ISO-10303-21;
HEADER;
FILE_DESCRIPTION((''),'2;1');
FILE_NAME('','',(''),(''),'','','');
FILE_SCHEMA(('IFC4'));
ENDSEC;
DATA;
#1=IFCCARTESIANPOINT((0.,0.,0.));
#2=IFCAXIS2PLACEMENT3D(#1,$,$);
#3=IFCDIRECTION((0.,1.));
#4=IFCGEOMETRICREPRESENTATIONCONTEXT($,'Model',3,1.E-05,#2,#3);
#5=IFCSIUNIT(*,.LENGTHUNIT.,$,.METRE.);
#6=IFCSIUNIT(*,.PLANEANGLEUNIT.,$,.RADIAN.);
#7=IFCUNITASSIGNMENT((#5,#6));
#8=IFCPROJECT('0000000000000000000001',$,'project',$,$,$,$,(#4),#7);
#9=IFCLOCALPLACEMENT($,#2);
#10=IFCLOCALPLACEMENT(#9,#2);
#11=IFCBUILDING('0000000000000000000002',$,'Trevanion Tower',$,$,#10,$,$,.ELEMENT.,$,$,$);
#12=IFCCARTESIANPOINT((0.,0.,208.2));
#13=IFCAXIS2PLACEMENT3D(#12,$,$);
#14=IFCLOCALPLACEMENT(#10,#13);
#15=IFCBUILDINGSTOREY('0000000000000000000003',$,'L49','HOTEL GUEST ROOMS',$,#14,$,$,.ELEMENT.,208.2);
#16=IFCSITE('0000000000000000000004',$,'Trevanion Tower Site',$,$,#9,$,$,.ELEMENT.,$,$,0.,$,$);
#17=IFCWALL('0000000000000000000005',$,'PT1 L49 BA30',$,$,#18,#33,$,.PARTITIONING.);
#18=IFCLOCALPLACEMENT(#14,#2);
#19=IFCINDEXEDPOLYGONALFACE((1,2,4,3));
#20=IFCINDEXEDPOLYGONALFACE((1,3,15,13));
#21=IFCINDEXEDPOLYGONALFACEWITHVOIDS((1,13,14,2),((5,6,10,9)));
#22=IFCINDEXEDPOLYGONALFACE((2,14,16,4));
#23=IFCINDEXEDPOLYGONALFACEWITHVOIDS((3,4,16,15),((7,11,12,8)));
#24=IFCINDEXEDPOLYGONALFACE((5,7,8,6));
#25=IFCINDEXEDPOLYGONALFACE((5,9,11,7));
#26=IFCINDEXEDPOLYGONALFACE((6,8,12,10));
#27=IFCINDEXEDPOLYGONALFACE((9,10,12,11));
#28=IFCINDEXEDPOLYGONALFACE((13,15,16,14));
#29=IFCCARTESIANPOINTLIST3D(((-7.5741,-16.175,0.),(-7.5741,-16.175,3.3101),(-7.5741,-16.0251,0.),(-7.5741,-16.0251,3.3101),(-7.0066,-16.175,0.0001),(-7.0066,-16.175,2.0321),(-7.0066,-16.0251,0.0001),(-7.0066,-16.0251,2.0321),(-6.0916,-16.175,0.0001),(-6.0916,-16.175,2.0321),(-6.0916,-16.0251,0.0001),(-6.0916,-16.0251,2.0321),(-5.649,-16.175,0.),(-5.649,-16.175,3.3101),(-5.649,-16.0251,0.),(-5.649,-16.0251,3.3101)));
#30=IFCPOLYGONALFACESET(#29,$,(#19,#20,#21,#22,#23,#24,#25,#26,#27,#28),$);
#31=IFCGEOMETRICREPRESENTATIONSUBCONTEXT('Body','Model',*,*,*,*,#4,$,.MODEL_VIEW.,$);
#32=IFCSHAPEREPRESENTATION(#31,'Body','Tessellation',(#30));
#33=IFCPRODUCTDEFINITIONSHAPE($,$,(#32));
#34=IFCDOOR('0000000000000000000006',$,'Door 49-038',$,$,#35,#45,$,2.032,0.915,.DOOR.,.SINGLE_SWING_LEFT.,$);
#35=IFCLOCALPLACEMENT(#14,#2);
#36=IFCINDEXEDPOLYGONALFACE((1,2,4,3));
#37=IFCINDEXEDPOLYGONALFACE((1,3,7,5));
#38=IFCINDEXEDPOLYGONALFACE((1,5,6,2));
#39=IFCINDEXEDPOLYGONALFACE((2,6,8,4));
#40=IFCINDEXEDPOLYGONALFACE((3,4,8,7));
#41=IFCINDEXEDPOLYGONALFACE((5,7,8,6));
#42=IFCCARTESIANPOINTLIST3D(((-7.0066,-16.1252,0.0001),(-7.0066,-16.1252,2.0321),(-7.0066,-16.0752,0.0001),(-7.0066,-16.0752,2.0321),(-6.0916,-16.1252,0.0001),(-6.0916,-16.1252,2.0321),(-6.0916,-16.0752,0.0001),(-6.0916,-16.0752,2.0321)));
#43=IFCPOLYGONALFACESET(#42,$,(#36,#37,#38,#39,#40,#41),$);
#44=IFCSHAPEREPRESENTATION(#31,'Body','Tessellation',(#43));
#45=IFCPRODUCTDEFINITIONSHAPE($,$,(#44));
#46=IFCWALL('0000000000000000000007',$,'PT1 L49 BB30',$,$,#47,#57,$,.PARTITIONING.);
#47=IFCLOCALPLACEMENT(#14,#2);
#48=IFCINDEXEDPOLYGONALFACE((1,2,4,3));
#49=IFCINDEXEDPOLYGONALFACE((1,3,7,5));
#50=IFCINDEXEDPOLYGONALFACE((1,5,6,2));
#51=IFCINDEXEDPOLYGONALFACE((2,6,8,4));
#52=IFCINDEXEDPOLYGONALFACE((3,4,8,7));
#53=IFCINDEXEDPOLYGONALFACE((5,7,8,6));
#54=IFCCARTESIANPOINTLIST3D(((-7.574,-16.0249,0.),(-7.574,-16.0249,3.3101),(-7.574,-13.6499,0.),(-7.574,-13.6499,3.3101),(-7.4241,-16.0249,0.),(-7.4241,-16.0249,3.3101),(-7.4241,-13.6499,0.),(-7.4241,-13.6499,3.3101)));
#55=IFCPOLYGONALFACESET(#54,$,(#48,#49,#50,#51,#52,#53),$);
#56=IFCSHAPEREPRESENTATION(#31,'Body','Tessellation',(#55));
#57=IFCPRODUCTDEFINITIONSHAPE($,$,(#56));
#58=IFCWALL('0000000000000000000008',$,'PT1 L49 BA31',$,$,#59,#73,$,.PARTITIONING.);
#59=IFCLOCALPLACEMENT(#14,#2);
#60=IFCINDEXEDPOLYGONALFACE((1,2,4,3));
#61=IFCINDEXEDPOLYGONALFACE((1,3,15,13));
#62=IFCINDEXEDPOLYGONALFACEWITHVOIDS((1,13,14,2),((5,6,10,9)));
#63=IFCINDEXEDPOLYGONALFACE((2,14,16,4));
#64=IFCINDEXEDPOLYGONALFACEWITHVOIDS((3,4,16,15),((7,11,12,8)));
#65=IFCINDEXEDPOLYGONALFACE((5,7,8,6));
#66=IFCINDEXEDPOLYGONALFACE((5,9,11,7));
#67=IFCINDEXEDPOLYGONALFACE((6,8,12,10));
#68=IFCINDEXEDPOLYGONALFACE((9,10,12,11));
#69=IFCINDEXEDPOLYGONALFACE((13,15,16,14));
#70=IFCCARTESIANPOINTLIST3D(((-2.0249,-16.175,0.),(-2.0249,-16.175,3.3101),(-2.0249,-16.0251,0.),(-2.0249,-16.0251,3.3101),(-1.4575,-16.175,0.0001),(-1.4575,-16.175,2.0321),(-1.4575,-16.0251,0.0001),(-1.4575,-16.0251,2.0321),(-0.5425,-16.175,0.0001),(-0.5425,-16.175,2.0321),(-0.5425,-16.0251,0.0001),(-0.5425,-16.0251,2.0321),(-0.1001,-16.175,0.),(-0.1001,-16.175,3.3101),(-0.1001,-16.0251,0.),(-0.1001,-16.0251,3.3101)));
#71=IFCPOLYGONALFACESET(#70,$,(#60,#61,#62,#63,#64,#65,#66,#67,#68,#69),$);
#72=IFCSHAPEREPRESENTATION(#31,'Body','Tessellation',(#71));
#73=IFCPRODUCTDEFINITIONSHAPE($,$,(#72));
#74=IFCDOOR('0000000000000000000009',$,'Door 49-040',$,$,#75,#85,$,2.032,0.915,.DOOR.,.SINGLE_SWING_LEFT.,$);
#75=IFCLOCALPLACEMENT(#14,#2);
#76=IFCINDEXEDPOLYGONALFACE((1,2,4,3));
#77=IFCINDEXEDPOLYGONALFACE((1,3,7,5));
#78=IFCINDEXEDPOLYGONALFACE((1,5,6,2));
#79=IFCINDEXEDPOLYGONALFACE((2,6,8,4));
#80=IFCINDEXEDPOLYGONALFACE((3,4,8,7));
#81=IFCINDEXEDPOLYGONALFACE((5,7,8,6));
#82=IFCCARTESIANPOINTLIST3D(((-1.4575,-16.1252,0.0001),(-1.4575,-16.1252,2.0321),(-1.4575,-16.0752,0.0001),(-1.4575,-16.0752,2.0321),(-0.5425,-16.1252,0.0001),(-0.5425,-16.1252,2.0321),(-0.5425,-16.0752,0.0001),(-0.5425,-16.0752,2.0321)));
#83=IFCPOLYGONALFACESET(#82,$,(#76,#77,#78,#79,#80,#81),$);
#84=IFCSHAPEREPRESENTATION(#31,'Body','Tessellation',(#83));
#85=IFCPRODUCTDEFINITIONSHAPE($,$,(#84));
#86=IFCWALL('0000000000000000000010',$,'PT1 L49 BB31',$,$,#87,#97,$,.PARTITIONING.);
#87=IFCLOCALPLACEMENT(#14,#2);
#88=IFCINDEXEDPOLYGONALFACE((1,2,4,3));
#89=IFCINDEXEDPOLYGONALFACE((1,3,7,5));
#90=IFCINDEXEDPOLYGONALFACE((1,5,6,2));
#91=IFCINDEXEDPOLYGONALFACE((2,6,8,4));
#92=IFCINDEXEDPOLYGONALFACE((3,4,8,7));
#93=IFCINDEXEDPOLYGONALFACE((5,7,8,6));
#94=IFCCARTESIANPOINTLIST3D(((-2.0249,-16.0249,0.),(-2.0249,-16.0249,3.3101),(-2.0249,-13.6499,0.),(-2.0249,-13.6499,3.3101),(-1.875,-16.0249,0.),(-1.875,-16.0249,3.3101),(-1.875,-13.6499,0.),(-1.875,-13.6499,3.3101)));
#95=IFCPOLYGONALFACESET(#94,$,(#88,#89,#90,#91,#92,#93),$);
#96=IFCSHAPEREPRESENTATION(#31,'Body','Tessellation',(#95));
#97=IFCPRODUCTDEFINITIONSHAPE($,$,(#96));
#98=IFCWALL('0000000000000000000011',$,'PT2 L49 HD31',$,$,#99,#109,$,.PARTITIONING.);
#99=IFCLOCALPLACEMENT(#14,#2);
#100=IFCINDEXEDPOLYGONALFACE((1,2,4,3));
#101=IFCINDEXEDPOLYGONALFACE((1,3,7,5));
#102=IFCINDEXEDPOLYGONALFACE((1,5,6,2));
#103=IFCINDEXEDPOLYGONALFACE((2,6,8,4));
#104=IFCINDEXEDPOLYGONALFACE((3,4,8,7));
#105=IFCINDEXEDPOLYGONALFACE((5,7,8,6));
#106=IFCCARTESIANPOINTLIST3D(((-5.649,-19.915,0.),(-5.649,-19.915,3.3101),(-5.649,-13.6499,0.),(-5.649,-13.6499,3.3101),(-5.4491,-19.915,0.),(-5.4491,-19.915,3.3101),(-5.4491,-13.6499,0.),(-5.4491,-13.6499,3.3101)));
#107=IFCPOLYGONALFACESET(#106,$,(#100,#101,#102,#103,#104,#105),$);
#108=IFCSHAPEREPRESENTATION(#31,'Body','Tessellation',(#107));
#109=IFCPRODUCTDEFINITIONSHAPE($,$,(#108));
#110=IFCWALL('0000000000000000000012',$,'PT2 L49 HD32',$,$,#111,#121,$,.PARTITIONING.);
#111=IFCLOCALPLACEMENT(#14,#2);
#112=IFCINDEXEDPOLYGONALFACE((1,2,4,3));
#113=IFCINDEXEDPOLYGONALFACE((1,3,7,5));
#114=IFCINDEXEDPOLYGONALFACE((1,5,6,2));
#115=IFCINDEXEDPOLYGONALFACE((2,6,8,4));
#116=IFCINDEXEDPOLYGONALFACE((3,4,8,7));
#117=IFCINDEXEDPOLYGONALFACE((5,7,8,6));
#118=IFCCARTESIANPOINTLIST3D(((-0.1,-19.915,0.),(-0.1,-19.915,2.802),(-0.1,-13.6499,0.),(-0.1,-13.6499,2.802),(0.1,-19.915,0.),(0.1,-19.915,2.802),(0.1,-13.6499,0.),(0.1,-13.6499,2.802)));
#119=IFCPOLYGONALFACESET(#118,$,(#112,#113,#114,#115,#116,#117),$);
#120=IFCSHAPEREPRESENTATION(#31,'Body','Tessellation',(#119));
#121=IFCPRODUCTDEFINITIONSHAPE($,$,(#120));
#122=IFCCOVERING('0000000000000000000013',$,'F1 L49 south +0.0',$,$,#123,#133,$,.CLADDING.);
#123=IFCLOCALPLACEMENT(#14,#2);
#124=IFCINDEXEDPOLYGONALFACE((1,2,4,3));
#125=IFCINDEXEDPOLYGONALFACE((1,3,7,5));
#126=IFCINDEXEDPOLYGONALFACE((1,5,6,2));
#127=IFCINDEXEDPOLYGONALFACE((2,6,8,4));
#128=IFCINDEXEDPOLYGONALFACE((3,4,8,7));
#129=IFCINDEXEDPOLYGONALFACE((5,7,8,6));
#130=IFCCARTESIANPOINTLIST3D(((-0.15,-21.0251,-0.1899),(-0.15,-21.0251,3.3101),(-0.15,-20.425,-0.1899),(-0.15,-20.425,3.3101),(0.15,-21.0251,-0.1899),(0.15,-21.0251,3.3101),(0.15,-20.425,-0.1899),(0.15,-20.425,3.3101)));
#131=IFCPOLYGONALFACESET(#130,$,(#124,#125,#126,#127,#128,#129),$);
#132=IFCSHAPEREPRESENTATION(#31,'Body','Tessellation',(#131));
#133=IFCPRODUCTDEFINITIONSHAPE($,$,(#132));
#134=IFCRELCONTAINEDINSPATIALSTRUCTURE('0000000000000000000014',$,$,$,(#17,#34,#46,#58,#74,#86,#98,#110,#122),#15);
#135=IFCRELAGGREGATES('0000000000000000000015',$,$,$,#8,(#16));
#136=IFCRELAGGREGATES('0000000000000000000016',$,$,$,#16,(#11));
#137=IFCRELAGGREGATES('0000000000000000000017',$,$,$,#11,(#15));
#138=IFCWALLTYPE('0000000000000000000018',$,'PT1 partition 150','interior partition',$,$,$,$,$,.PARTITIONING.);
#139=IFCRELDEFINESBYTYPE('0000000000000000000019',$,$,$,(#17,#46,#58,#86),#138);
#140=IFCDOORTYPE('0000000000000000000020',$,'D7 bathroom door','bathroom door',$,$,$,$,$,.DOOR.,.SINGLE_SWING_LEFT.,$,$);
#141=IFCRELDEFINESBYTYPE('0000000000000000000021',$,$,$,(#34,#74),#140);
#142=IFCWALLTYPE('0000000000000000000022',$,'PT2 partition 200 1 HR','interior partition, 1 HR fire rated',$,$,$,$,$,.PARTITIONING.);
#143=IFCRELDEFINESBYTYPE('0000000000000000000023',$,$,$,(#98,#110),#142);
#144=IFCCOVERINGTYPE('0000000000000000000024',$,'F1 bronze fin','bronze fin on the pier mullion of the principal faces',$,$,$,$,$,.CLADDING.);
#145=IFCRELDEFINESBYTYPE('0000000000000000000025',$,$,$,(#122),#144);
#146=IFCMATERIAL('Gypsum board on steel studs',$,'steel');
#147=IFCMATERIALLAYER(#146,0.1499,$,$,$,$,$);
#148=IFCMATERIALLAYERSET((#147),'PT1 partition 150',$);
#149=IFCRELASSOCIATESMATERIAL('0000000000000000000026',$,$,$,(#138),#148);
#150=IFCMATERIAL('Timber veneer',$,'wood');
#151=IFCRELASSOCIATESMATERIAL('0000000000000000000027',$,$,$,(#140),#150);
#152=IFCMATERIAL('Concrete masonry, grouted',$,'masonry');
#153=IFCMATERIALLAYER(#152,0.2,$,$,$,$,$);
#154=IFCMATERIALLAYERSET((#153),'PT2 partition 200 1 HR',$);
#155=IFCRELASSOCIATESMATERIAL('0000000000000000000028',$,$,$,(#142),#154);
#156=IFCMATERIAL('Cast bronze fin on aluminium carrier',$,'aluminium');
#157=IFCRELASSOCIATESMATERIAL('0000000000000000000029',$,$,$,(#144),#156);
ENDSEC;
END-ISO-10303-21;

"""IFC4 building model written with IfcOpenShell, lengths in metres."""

from ifc_helpers import new_model, si_unit, direction, frame, frame_2d, origin, origin_2d, place, context, subcontext, project, spatial, rectangle, extrude, material, layer, layer_set, type_object, element, fill, save


model = new_model("IFC4")

# Units and contexts
model_context = context("Model", 3, precision=1e-05, world=origin(), true_north=direction((0.0, 1.0)))
body_context = subcontext(model_context, "Body", "Model", "MODEL_VIEW")
ifc_project = project(units=[si_unit("LENGTHUNIT", "METRE"), si_unit("PLANEANGLEUNIT", "RADIAN")], contexts=[model_context])

# Site, building, storey
site_placement = place(None, origin())
site = spatial("IfcSite", under=ifc_project, at=site_placement, Name="Trevanion Tower Site", CompositionType="ELEMENT", RefElevation=0.0)
building_placement = place(site_placement, origin())
building = spatial("IfcBuilding", under=site, at=building_placement, Name="Trevanion Tower", CompositionType="ELEMENT")
storey_placement = place(building_placement, frame((0.0, 0.0, 208.2)))
storey = spatial("IfcBuildingStorey", under=building, at=storey_placement, Name="L49", Description="HOTEL GUEST ROOMS", CompositionType="ELEMENT", Elevation=208.2)

# Wall, opening, door
ifc_material_1 = material(Name="Gypsum board on steel studs", Category="steel")
ifc_layer_1 = layer(ifc_material_1, 0.1499)
ifc_layer_set_1 = layer_set([ifc_layer_1], Name="PT1 partition 150")
wall_type_1 = type_object("IfcWallType", Name="PT1 partition 150", Description="interior partition", PredefinedType="PARTITIONING", material=ifc_layer_set_1)
wall_1_placement = place(storey_placement, frame((-7.574, -16.1001, 0.0), z_axis=(0.0, 0.0, 1.0), x_axis=(1.0, 0.0, 0.0)))
wall_1 = element("IfcWall", 1, at=wall_1_placement, inside=storey, type_object=wall_type_1, Name="PT1 L49 BA30", PredefinedType="PARTITIONING", context=body_context, shape_type="SweptSolid", body=[
    extrude(rectangle(XDim=1.925, YDim=0.1499, at=frame_2d((0.9624, 0.0))), origin(), (0.0, 0.0, 1.0), 3.3101),
])
opening_1_placement = place(wall_1_placement, frame((0.5674, 0.0, 0.0)))
opening_1 = element("IfcOpeningElement", 2, at=opening_1_placement, cuts=wall_1, PredefinedType="OPENING", context=body_context, shape_type="SweptSolid", body=[
    extrude(rectangle(XDim=0.915, YDim=2.032, at=frame_2d((0.4575, 1.0161))), frame((0.0, 0.085, 0.0), z_axis=(0.0, -1.0, 0.0), x_axis=(1.0, 0.0, 0.0)), (0.0, 0.0, 1.0), 0.1699),
])
ifc_material_2 = material(Name="Timber veneer", Category="wood")
door_type = type_object("IfcDoorType", Name="D7 bathroom door", Description="bathroom door", OperationType="SINGLE_SWING_LEFT", PredefinedType="DOOR", material=ifc_material_2)
door_1_placement = place(opening_1_placement, origin())
door_1 = element("IfcDoor", 3, at=door_1_placement, inside=storey, type_object=door_type, Name="Door 49-038", OperationType="SINGLE_SWING_LEFT", OverallHeight=2.032, OverallWidth=0.915, PredefinedType="DOOR", context=body_context, shape_type="SweptSolid", body=[
    extrude(rectangle(XDim=0.915, YDim=2.032, at=frame_2d((0.4575, 1.0161))), frame((0.0, 0.0249, 0.0), z_axis=(0.0, -1.0, 0.0), x_axis=(1.0, 0.0, 0.0)), (0.0, 0.0, 1.0), 0.05),
])
fill(opening_1, door_1)

# Wall
wall_2_placement = place(storey_placement, frame((-7.499, -13.6499, 0.0), z_axis=(0.0, 0.0, 1.0), x_axis=(0.0, -1.0, 0.0)))
element("IfcWall", 4, at=wall_2_placement, inside=storey, type_object=wall_type_1, Name="PT1 L49 BB30", PredefinedType="PARTITIONING", context=body_context, shape_type="SweptSolid", body=[
    extrude(rectangle(XDim=2.375, YDim=0.1499, at=frame_2d((1.1875, 0.0))), origin(), (0.0, 0.0, 1.0), 3.3101),
])

# Wall, opening, door
wall_3_placement = place(storey_placement, frame((-2.0249, -16.1001, 0.0), z_axis=(0.0, 0.0, 1.0), x_axis=(1.0, 0.0, 0.0)))
wall_3 = element("IfcWall", 5, at=wall_3_placement, inside=storey, type_object=wall_type_1, Name="PT1 L49 BA31", PredefinedType="PARTITIONING", context=body_context, shape_type="SweptSolid", body=[
    extrude(rectangle(XDim=1.9248, YDim=0.1499, at=frame_2d((0.9624, 0.0))), origin(), (0.0, 0.0, 1.0), 3.3101),
])
opening_2_placement = place(wall_3_placement, frame((0.5674, 0.0, 0.0)))
opening_2 = element("IfcOpeningElement", 6, at=opening_2_placement, cuts=wall_3, PredefinedType="OPENING", context=body_context, shape_type="SweptSolid", body=[
    extrude(rectangle(XDim=0.915, YDim=2.032, at=frame_2d((0.4575, 1.0161))), frame((0.0, 0.085, 0.0), z_axis=(0.0, -1.0, 0.0), x_axis=(1.0, 0.0, 0.0)), (0.0, 0.0, 1.0), 0.1699),
])
door_2_placement = place(opening_2_placement, origin())
door_2 = element("IfcDoor", 7, at=door_2_placement, inside=storey, type_object=door_type, Name="Door 49-040", OperationType="SINGLE_SWING_LEFT", OverallHeight=2.032, OverallWidth=0.915, PredefinedType="DOOR", context=body_context, shape_type="SweptSolid", body=[
    extrude(rectangle(XDim=0.915, YDim=2.032, at=frame_2d((0.4575, 1.0161))), frame((0.0, 0.0249, 0.0), z_axis=(0.0, -1.0, 0.0), x_axis=(1.0, 0.0, 0.0)), (0.0, 0.0, 1.0), 0.05),
])
fill(opening_2, door_2)

# Walls
wall_4_placement = place(storey_placement, frame((-1.95, -13.6499, 0.0), z_axis=(0.0, 0.0, 1.0), x_axis=(0.0, -1.0, 0.0)))
element("IfcWall", 8, at=wall_4_placement, inside=storey, type_object=wall_type_1, Name="PT1 L49 BB31", PredefinedType="PARTITIONING", context=body_context, shape_type="SweptSolid", body=[
    extrude(rectangle(XDim=2.375, YDim=0.1499, at=frame_2d((1.1875, 0.0))), origin(), (0.0, 0.0, 1.0), 3.3101),
])
ifc_material_3 = material(Name="Concrete masonry, grouted", Category="masonry")
ifc_layer_2 = layer(ifc_material_3, 0.2)
ifc_layer_set_2 = layer_set([ifc_layer_2], Name="PT2 partition 200 1 HR")
wall_type_2 = type_object("IfcWallType", Name="PT2 partition 200 1 HR", Description="interior partition, 1 HR fire rated", PredefinedType="PARTITIONING", material=ifc_layer_set_2)
wall_5_placement = place(storey_placement, frame((-5.5491, -13.6499, 0.0), z_axis=(0.0, 0.0, 1.0), x_axis=(0.0, -1.0, 0.0)))
element("IfcWall", 9, at=wall_5_placement, inside=storey, type_object=wall_type_2, Name="PT2 L49 HD31", PredefinedType="PARTITIONING", context=body_context, shape_type="SweptSolid", body=[
    extrude(rectangle(XDim=6.2651, YDim=0.2, at=frame_2d((3.1326, 0.0))), origin(), (0.0, 0.0, 1.0), 3.3101),
])
wall_6_placement = place(storey_placement, frame((0.0, -13.6499, 0.0), z_axis=(0.0, 0.0, 1.0), x_axis=(0.0, -1.0, 0.0)))
element("IfcWall", 10, at=wall_6_placement, inside=storey, type_object=wall_type_2, Name="PT2 L49 HD32", PredefinedType="PARTITIONING", context=body_context, shape_type="SweptSolid", body=[
    extrude(rectangle(XDim=6.2651, YDim=0.2, at=frame_2d((3.1326, 0.0))), origin(), (0.0, 0.0, 1.0), 2.802),
])

# Covering
ifc_material_4 = material(Name="Cast bronze fin on aluminium carrier", Category="aluminium")
covering_type = type_object("IfcCoveringType", Name="F1 bronze fin", Description="bronze fin on the pier mullion of the principal faces", PredefinedType="CLADDING", material=ifc_material_4)
covering_placement = place(storey_placement, frame((0.0, -20.7251, -0.1899), z_axis=(0.0, 0.0, 1.0), x_axis=(1.0, 0.0, 0.0)))
element("IfcCovering", 11, at=covering_placement, inside=storey, type_object=covering_type, Name="F1 L49 south +0.0", PredefinedType="CLADDING", context=body_context, shape_type="SweptSolid", body=[
    extrude(rectangle(XDim=0.3, YDim=0.6001, at=origin_2d()), origin(), (0.0, 0.0, 1.0), 3.5),
])

save(model, "model.ifc")
